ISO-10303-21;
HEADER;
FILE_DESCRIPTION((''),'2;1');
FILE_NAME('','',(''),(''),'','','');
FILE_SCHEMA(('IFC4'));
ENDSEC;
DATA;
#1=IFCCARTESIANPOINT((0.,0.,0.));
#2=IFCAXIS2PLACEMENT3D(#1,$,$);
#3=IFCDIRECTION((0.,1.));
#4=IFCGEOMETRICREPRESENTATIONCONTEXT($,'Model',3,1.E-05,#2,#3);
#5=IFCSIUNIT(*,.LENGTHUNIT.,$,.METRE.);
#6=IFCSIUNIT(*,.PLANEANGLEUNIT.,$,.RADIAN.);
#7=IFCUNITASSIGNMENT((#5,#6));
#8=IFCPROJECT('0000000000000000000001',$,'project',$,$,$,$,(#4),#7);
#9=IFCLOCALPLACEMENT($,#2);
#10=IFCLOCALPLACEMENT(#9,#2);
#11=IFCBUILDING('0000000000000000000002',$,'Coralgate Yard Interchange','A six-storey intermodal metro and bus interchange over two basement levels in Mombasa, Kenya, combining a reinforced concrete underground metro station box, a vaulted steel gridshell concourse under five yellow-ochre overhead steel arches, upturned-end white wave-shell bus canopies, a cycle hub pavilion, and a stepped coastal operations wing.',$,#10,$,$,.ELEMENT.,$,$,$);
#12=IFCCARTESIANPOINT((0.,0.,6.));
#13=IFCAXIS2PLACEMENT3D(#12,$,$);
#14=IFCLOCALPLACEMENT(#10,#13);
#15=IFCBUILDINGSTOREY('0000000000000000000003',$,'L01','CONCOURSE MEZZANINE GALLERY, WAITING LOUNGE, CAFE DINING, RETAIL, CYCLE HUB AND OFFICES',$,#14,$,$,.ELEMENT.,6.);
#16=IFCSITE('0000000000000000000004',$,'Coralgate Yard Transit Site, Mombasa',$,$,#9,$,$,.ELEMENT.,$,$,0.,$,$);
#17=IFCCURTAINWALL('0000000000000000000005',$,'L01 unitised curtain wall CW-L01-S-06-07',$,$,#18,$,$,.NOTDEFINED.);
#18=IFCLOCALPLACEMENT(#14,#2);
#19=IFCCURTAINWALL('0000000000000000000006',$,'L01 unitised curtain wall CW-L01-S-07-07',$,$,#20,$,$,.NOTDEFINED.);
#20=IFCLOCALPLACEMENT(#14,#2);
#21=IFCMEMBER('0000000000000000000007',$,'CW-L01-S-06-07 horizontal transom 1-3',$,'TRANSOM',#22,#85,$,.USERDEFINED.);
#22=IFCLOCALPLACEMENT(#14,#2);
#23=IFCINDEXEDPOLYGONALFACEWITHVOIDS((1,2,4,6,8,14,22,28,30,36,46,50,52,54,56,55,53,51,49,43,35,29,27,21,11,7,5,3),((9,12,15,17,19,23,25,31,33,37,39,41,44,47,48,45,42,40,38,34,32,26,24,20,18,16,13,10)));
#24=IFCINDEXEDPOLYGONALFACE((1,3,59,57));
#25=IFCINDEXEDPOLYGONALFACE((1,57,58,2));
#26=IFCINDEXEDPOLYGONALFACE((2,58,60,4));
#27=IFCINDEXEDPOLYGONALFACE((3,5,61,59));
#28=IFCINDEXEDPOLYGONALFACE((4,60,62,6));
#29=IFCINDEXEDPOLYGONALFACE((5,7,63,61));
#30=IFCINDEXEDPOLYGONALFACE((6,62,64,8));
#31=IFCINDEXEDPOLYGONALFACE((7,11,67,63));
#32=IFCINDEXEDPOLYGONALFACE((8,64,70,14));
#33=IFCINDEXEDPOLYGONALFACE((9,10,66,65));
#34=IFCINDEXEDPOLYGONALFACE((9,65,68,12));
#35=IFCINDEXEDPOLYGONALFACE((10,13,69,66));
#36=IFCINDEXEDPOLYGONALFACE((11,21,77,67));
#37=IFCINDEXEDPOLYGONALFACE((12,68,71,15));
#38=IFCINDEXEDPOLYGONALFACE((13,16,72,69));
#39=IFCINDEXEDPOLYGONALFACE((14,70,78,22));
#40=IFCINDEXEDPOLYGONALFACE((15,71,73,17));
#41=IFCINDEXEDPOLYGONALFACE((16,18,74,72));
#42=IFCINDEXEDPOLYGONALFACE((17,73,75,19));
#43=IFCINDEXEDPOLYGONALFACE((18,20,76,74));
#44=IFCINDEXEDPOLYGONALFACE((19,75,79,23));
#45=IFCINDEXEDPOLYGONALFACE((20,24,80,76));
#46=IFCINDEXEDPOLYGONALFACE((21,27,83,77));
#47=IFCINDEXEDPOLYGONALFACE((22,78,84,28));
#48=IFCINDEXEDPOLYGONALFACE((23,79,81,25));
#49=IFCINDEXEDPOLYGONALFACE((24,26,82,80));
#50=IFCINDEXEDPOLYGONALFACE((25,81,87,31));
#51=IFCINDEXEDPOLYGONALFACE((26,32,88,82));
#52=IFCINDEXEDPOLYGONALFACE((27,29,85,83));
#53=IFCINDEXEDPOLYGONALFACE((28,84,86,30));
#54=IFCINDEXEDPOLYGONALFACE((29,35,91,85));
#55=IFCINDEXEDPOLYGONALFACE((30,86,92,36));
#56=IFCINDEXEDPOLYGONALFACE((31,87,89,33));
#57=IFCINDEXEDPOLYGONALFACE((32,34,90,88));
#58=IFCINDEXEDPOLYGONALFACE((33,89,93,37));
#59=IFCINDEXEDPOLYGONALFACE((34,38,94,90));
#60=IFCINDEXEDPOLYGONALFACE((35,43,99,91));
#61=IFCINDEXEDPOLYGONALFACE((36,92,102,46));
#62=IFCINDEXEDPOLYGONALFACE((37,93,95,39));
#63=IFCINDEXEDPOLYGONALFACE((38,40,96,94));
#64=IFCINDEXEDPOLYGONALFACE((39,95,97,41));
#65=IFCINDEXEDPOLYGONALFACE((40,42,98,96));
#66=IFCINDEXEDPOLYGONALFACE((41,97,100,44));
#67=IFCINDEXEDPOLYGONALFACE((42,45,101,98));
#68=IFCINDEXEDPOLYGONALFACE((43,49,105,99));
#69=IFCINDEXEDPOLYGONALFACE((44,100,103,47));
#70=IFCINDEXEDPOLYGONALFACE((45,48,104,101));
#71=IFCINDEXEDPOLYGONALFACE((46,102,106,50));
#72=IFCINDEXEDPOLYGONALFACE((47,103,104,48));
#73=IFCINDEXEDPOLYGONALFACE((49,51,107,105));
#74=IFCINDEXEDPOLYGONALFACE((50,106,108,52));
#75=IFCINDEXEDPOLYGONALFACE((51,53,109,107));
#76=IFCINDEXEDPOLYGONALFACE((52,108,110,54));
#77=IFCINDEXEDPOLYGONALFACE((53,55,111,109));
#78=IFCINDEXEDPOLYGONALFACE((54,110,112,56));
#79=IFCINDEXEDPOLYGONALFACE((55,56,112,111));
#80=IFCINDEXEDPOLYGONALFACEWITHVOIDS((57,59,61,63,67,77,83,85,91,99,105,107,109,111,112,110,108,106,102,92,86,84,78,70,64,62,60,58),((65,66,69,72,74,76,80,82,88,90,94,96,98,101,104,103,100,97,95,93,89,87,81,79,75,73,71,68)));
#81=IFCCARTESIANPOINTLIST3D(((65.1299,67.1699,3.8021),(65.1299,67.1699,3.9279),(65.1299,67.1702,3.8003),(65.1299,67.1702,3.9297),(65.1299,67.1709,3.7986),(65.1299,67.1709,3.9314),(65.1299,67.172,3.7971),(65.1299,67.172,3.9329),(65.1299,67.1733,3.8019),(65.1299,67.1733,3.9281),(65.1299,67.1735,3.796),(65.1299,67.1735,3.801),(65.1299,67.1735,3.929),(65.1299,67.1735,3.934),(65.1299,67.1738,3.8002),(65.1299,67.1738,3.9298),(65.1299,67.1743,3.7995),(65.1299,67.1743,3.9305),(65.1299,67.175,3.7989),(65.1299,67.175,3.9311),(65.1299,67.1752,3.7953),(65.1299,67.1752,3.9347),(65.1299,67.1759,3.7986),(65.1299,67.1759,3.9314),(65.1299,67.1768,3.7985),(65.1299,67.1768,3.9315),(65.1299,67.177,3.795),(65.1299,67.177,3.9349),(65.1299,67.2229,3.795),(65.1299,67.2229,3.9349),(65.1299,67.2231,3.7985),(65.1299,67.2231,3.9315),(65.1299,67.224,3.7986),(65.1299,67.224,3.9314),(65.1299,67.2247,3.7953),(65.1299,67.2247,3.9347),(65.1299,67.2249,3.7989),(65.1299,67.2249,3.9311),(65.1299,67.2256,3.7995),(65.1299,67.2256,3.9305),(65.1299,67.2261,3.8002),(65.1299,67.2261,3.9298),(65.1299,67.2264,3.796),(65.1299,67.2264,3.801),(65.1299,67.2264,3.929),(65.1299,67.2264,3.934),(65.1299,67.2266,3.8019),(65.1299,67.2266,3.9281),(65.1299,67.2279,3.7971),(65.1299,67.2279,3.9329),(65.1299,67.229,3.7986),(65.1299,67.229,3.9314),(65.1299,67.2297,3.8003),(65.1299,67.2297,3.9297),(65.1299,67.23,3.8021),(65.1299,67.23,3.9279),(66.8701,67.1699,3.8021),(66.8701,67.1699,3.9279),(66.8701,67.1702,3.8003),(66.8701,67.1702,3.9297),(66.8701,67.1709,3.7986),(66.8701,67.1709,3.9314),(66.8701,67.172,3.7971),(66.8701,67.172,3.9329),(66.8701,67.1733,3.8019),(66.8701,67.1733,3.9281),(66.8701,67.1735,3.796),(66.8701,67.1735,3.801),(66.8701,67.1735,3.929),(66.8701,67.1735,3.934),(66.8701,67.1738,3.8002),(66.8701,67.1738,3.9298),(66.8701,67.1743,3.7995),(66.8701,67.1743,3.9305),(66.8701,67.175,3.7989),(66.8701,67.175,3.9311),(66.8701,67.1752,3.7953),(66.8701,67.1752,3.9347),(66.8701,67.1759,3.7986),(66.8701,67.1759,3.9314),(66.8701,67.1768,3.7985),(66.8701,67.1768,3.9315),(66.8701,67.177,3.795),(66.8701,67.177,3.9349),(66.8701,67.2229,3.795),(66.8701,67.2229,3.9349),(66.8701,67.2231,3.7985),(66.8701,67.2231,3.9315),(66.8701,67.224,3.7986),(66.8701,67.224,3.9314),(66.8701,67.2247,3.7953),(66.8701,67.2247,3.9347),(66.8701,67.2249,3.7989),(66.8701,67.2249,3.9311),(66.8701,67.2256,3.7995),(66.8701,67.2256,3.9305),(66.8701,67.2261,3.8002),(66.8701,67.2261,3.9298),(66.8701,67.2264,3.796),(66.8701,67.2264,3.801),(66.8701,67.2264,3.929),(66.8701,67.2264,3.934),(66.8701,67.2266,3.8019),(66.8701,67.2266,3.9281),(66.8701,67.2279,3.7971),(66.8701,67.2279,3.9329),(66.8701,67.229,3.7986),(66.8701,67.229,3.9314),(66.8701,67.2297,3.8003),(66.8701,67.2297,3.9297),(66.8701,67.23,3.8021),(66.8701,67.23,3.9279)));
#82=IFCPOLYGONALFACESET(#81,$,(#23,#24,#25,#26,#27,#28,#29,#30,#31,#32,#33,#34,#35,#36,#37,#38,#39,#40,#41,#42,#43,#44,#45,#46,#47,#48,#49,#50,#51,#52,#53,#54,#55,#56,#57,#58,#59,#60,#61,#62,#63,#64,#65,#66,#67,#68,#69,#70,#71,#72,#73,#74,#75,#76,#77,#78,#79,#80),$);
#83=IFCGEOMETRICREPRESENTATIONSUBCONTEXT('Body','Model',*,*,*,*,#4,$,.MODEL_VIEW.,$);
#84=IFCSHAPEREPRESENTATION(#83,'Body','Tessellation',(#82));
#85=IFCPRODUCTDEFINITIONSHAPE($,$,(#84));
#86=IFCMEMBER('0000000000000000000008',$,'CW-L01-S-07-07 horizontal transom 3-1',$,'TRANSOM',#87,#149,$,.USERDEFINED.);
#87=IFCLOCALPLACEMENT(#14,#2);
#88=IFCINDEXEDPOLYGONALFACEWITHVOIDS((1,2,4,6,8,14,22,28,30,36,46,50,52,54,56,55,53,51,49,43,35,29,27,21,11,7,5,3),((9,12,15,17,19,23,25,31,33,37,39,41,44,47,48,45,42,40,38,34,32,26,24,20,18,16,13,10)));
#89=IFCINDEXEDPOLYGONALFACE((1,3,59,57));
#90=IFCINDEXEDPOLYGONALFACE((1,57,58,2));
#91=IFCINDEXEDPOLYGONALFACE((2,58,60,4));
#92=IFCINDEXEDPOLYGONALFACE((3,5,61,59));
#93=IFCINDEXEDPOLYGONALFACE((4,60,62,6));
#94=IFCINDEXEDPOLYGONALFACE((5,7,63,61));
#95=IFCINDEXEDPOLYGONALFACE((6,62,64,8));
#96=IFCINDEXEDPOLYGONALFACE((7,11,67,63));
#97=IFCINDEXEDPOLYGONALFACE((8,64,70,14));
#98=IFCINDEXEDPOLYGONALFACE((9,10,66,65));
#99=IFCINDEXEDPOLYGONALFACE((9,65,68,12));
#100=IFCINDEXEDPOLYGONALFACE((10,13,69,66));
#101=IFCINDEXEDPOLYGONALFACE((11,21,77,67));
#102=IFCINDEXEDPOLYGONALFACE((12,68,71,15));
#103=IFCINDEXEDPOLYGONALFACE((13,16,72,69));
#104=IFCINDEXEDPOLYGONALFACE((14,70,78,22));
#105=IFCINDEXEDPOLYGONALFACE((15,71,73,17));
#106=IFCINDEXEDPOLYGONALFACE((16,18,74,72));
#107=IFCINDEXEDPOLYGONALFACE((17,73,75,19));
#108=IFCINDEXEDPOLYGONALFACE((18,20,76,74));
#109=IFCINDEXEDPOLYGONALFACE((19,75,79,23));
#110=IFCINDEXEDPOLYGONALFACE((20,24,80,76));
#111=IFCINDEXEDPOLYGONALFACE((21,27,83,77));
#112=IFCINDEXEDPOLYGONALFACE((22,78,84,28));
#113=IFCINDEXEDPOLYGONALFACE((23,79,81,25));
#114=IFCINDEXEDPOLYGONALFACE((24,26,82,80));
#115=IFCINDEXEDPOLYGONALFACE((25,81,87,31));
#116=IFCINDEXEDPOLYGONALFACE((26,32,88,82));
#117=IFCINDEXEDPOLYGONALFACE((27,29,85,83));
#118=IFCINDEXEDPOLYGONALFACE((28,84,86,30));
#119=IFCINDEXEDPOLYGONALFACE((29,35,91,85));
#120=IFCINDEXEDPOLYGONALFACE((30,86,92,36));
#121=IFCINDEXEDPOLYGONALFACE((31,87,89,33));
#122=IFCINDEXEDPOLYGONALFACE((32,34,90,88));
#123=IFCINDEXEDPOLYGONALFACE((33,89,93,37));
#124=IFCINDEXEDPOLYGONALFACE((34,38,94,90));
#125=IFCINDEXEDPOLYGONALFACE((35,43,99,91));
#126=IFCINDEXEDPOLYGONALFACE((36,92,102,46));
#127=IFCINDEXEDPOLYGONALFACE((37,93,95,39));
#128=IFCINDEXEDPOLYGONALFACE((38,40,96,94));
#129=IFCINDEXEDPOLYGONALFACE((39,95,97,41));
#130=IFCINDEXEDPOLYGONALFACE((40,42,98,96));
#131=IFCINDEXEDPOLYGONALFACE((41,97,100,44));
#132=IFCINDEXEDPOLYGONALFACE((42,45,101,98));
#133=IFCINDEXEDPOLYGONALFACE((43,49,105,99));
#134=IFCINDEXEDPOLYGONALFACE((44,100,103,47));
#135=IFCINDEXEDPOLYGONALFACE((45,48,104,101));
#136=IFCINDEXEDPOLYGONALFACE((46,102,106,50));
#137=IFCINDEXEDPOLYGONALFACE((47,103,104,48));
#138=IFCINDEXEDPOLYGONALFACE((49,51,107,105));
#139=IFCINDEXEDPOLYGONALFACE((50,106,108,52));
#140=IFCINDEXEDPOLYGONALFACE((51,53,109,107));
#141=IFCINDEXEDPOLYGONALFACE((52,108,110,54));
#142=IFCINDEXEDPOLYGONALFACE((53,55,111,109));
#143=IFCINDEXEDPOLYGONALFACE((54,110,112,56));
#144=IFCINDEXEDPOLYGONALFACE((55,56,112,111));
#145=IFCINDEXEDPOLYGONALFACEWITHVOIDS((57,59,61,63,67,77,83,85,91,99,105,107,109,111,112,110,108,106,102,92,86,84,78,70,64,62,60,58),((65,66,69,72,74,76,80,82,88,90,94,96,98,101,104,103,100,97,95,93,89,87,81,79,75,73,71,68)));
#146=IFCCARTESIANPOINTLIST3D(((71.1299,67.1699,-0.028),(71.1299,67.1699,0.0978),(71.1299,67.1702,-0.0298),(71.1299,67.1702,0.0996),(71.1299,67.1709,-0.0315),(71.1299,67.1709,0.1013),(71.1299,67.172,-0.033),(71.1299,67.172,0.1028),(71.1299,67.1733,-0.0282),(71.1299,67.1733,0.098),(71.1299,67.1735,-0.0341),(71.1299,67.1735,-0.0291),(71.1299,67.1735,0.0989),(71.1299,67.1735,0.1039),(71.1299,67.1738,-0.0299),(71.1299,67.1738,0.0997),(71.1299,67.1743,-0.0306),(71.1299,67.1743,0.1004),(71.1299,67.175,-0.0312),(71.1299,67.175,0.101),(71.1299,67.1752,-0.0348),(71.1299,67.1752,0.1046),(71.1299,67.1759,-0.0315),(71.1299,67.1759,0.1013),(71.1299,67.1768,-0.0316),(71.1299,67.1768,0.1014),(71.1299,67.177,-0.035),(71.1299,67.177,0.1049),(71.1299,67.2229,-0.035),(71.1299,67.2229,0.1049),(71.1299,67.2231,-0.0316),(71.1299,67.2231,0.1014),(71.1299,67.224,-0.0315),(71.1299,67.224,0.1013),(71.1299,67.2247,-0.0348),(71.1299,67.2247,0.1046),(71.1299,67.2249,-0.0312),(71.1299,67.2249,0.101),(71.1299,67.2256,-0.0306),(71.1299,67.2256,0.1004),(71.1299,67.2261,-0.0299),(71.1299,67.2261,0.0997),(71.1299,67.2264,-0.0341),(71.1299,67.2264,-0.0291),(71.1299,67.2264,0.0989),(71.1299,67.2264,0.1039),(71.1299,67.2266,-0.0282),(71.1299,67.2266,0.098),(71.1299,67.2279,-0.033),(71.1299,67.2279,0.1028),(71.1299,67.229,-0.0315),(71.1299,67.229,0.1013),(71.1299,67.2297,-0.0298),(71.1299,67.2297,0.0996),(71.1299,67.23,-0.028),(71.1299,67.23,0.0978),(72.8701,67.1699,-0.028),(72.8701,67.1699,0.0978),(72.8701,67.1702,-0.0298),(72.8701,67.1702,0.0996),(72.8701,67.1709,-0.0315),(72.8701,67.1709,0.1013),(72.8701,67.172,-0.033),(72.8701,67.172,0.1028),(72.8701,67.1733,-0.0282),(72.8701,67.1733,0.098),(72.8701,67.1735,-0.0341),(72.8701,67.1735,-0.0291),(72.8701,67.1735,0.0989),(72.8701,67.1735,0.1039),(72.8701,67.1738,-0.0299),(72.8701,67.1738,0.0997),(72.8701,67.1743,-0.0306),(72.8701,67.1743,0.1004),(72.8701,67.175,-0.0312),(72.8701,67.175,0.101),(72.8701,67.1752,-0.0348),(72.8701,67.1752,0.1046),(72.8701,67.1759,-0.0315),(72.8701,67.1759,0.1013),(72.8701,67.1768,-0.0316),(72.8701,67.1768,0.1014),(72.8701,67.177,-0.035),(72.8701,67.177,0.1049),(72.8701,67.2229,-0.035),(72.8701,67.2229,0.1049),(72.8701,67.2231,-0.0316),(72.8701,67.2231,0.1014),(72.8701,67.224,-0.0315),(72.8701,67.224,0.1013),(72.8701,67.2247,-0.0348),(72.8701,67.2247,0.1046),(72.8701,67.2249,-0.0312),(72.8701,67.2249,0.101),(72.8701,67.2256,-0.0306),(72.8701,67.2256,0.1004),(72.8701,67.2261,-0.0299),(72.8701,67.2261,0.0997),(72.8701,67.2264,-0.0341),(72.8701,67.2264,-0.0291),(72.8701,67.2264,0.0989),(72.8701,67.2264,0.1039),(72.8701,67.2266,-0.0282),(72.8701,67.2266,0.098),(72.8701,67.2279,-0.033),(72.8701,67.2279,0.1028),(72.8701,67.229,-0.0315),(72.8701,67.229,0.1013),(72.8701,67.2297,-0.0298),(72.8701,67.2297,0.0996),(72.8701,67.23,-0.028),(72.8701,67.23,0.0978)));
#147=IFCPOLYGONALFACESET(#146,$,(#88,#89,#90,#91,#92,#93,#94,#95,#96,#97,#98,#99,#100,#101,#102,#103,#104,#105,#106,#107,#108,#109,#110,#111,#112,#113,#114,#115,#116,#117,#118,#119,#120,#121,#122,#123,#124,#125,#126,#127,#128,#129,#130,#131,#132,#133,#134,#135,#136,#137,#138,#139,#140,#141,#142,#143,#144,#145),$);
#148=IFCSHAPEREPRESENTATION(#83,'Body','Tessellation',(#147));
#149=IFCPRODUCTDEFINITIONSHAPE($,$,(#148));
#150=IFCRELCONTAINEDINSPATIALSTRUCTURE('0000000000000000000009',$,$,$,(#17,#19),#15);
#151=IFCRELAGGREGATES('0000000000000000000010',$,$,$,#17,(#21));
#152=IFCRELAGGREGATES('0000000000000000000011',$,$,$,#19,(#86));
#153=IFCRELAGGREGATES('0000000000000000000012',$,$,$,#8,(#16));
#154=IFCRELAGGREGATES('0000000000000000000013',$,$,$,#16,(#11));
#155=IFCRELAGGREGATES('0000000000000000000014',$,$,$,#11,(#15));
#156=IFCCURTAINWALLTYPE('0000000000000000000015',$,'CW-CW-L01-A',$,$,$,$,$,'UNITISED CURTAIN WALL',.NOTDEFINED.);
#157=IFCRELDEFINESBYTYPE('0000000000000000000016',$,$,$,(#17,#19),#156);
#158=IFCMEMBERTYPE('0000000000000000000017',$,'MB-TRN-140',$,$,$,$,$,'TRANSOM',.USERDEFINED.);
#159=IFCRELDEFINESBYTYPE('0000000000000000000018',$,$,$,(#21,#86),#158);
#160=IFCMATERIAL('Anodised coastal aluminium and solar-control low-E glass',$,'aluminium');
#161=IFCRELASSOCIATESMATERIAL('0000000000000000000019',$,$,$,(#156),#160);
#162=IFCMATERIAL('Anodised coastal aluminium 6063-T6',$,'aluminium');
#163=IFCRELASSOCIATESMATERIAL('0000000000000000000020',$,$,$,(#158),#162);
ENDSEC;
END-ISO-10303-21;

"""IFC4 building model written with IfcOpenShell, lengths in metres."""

from ifc_helpers import new_model, si_unit, direction, frame, origin, origin_2d, place, context, subcontext, project, spatial, hollow_rectangle, extrude, material, material_profile, profile_set, type_object, element, aggregate, save


model = new_model("IFC4")

# Units and contexts
model_context = context("Model", 3, precision=1e-05, world=origin(), true_north=direction((0.0, 1.0)))
body_context = subcontext(model_context, "Body", "Model", "MODEL_VIEW")
ifc_project = project(units=[si_unit("LENGTHUNIT", "METRE"), si_unit("PLANEANGLEUNIT", "RADIAN")], contexts=[model_context])

# Site, building, storey
site_placement = place(None, origin())
site = spatial("IfcSite", under=ifc_project, at=site_placement, Name="Coralgate Yard Transit Site, Mombasa", CompositionType="ELEMENT", RefElevation=0.0)
building_placement = place(site_placement, origin())
building = spatial("IfcBuilding", under=site, at=building_placement, Name="Coralgate Yard Interchange", Description="A six-storey intermodal metro and bus interchange over two basement levels in Mombasa, Kenya, combining a reinforced concrete underground metro station box, a vaulted steel gridshell concourse under five yellow-ochre overhead steel arches, upturned-end white wave-shell bus canopies, a cycle hub pavilion, and a stepped coastal operations wing.", CompositionType="ELEMENT")
storey_placement = place(building_placement, frame((0.0, 0.0, 6.0)))
storey = spatial("IfcBuildingStorey", under=building, at=storey_placement, Name="L01", Description="CONCOURSE MEZZANINE GALLERY, WAITING LOUNGE, CAFE DINING, RETAIL, CYCLE HUB AND OFFICES", CompositionType="ELEMENT", Elevation=6.0)

# Curtain wall
ifc_material_1 = material(Name="Anodised coastal aluminium and solar-control low-E glass", Category="aluminium")
curtain_wall_type = type_object("IfcCurtainWallType", Name="CW-CW-L01-A", ElementType="UNITISED CURTAIN WALL", PredefinedType="NOTDEFINED", material=ifc_material_1)
curtain_wall_1_placement = place(storey_placement, origin())
curtain_wall_1 = element("IfcCurtainWall", 1, at=curtain_wall_1_placement, inside=storey, type_object=curtain_wall_type, Name="L01 unitised curtain wall CW-L01-S-06-07", PredefinedType="NOTDEFINED")
ifc_material_2 = material(Name="Anodised coastal aluminium 6063-T6", Category="aluminium")

# Curtain wall
curtain_wall_2_placement = place(storey_placement, origin())
curtain_wall_2 = element("IfcCurtainWall", 2, at=curtain_wall_2_placement, inside=storey, type_object=curtain_wall_type, Name="L01 unitised curtain wall CW-L01-S-07-07", PredefinedType="NOTDEFINED")

# Members
ifc_material_profile_1 = material_profile(ifc_material_2, hollow_rectangle(XDim=0.0601, YDim=0.1399, WallThickness=0.0034, InnerFilletRadius=0.0034, OuterFilletRadius=0.0071, at=origin_2d()), Name="ALU 60x140x3.5")
ifc_profile_set_1 = profile_set([ifc_material_profile_1], Name="Anodised coastal aluminium 6063-T6")
member_type_1 = type_object("IfcMemberType", Name="MB-TRN-140", ElementType="TRANSOM", PredefinedType="USERDEFINED", material=ifc_profile_set_1)
member_1_placement = place(storey_placement, frame((66.8701, 67.2, 3.865), z_axis=(-1.0, 0.0, 0.0), x_axis=(0.0, -1.0, 0.0)))
member_1 = element("IfcMember", 3, at=member_1_placement, type_object=member_type_1, Name="CW-L01-S-06-07 horizontal transom 1-3", ObjectType="TRANSOM", PredefinedType="USERDEFINED", context=body_context, shape_type="SweptSolid", body=[
    extrude(hollow_rectangle(XDim=0.0601, YDim=0.1399, WallThickness=0.0034, InnerFilletRadius=0.0034, OuterFilletRadius=0.0071, at=origin_2d()), origin(), (0.0, 0.0, 1.0), 1.7402),
])
aggregate(curtain_wall_1, [member_1])
member_2_placement = place(storey_placement, frame((72.8701, 67.2, 0.0349), z_axis=(-1.0, 0.0, 0.0), x_axis=(0.0, -1.0, 0.0)))
member_2 = element("IfcMember", 4, at=member_2_placement, type_object=member_type_1, Name="CW-L01-S-07-07 horizontal transom 3-1", ObjectType="TRANSOM", PredefinedType="USERDEFINED", context=body_context, shape_type="SweptSolid", body=[
    extrude(hollow_rectangle(XDim=0.0601, YDim=0.1399, WallThickness=0.0034, InnerFilletRadius=0.0034, OuterFilletRadius=0.0071, at=origin_2d()), origin(), (0.0, 0.0, 1.0), 1.7402),
])

aggregate(curtain_wall_2, [member_2])

save(model, "model.ifc")
